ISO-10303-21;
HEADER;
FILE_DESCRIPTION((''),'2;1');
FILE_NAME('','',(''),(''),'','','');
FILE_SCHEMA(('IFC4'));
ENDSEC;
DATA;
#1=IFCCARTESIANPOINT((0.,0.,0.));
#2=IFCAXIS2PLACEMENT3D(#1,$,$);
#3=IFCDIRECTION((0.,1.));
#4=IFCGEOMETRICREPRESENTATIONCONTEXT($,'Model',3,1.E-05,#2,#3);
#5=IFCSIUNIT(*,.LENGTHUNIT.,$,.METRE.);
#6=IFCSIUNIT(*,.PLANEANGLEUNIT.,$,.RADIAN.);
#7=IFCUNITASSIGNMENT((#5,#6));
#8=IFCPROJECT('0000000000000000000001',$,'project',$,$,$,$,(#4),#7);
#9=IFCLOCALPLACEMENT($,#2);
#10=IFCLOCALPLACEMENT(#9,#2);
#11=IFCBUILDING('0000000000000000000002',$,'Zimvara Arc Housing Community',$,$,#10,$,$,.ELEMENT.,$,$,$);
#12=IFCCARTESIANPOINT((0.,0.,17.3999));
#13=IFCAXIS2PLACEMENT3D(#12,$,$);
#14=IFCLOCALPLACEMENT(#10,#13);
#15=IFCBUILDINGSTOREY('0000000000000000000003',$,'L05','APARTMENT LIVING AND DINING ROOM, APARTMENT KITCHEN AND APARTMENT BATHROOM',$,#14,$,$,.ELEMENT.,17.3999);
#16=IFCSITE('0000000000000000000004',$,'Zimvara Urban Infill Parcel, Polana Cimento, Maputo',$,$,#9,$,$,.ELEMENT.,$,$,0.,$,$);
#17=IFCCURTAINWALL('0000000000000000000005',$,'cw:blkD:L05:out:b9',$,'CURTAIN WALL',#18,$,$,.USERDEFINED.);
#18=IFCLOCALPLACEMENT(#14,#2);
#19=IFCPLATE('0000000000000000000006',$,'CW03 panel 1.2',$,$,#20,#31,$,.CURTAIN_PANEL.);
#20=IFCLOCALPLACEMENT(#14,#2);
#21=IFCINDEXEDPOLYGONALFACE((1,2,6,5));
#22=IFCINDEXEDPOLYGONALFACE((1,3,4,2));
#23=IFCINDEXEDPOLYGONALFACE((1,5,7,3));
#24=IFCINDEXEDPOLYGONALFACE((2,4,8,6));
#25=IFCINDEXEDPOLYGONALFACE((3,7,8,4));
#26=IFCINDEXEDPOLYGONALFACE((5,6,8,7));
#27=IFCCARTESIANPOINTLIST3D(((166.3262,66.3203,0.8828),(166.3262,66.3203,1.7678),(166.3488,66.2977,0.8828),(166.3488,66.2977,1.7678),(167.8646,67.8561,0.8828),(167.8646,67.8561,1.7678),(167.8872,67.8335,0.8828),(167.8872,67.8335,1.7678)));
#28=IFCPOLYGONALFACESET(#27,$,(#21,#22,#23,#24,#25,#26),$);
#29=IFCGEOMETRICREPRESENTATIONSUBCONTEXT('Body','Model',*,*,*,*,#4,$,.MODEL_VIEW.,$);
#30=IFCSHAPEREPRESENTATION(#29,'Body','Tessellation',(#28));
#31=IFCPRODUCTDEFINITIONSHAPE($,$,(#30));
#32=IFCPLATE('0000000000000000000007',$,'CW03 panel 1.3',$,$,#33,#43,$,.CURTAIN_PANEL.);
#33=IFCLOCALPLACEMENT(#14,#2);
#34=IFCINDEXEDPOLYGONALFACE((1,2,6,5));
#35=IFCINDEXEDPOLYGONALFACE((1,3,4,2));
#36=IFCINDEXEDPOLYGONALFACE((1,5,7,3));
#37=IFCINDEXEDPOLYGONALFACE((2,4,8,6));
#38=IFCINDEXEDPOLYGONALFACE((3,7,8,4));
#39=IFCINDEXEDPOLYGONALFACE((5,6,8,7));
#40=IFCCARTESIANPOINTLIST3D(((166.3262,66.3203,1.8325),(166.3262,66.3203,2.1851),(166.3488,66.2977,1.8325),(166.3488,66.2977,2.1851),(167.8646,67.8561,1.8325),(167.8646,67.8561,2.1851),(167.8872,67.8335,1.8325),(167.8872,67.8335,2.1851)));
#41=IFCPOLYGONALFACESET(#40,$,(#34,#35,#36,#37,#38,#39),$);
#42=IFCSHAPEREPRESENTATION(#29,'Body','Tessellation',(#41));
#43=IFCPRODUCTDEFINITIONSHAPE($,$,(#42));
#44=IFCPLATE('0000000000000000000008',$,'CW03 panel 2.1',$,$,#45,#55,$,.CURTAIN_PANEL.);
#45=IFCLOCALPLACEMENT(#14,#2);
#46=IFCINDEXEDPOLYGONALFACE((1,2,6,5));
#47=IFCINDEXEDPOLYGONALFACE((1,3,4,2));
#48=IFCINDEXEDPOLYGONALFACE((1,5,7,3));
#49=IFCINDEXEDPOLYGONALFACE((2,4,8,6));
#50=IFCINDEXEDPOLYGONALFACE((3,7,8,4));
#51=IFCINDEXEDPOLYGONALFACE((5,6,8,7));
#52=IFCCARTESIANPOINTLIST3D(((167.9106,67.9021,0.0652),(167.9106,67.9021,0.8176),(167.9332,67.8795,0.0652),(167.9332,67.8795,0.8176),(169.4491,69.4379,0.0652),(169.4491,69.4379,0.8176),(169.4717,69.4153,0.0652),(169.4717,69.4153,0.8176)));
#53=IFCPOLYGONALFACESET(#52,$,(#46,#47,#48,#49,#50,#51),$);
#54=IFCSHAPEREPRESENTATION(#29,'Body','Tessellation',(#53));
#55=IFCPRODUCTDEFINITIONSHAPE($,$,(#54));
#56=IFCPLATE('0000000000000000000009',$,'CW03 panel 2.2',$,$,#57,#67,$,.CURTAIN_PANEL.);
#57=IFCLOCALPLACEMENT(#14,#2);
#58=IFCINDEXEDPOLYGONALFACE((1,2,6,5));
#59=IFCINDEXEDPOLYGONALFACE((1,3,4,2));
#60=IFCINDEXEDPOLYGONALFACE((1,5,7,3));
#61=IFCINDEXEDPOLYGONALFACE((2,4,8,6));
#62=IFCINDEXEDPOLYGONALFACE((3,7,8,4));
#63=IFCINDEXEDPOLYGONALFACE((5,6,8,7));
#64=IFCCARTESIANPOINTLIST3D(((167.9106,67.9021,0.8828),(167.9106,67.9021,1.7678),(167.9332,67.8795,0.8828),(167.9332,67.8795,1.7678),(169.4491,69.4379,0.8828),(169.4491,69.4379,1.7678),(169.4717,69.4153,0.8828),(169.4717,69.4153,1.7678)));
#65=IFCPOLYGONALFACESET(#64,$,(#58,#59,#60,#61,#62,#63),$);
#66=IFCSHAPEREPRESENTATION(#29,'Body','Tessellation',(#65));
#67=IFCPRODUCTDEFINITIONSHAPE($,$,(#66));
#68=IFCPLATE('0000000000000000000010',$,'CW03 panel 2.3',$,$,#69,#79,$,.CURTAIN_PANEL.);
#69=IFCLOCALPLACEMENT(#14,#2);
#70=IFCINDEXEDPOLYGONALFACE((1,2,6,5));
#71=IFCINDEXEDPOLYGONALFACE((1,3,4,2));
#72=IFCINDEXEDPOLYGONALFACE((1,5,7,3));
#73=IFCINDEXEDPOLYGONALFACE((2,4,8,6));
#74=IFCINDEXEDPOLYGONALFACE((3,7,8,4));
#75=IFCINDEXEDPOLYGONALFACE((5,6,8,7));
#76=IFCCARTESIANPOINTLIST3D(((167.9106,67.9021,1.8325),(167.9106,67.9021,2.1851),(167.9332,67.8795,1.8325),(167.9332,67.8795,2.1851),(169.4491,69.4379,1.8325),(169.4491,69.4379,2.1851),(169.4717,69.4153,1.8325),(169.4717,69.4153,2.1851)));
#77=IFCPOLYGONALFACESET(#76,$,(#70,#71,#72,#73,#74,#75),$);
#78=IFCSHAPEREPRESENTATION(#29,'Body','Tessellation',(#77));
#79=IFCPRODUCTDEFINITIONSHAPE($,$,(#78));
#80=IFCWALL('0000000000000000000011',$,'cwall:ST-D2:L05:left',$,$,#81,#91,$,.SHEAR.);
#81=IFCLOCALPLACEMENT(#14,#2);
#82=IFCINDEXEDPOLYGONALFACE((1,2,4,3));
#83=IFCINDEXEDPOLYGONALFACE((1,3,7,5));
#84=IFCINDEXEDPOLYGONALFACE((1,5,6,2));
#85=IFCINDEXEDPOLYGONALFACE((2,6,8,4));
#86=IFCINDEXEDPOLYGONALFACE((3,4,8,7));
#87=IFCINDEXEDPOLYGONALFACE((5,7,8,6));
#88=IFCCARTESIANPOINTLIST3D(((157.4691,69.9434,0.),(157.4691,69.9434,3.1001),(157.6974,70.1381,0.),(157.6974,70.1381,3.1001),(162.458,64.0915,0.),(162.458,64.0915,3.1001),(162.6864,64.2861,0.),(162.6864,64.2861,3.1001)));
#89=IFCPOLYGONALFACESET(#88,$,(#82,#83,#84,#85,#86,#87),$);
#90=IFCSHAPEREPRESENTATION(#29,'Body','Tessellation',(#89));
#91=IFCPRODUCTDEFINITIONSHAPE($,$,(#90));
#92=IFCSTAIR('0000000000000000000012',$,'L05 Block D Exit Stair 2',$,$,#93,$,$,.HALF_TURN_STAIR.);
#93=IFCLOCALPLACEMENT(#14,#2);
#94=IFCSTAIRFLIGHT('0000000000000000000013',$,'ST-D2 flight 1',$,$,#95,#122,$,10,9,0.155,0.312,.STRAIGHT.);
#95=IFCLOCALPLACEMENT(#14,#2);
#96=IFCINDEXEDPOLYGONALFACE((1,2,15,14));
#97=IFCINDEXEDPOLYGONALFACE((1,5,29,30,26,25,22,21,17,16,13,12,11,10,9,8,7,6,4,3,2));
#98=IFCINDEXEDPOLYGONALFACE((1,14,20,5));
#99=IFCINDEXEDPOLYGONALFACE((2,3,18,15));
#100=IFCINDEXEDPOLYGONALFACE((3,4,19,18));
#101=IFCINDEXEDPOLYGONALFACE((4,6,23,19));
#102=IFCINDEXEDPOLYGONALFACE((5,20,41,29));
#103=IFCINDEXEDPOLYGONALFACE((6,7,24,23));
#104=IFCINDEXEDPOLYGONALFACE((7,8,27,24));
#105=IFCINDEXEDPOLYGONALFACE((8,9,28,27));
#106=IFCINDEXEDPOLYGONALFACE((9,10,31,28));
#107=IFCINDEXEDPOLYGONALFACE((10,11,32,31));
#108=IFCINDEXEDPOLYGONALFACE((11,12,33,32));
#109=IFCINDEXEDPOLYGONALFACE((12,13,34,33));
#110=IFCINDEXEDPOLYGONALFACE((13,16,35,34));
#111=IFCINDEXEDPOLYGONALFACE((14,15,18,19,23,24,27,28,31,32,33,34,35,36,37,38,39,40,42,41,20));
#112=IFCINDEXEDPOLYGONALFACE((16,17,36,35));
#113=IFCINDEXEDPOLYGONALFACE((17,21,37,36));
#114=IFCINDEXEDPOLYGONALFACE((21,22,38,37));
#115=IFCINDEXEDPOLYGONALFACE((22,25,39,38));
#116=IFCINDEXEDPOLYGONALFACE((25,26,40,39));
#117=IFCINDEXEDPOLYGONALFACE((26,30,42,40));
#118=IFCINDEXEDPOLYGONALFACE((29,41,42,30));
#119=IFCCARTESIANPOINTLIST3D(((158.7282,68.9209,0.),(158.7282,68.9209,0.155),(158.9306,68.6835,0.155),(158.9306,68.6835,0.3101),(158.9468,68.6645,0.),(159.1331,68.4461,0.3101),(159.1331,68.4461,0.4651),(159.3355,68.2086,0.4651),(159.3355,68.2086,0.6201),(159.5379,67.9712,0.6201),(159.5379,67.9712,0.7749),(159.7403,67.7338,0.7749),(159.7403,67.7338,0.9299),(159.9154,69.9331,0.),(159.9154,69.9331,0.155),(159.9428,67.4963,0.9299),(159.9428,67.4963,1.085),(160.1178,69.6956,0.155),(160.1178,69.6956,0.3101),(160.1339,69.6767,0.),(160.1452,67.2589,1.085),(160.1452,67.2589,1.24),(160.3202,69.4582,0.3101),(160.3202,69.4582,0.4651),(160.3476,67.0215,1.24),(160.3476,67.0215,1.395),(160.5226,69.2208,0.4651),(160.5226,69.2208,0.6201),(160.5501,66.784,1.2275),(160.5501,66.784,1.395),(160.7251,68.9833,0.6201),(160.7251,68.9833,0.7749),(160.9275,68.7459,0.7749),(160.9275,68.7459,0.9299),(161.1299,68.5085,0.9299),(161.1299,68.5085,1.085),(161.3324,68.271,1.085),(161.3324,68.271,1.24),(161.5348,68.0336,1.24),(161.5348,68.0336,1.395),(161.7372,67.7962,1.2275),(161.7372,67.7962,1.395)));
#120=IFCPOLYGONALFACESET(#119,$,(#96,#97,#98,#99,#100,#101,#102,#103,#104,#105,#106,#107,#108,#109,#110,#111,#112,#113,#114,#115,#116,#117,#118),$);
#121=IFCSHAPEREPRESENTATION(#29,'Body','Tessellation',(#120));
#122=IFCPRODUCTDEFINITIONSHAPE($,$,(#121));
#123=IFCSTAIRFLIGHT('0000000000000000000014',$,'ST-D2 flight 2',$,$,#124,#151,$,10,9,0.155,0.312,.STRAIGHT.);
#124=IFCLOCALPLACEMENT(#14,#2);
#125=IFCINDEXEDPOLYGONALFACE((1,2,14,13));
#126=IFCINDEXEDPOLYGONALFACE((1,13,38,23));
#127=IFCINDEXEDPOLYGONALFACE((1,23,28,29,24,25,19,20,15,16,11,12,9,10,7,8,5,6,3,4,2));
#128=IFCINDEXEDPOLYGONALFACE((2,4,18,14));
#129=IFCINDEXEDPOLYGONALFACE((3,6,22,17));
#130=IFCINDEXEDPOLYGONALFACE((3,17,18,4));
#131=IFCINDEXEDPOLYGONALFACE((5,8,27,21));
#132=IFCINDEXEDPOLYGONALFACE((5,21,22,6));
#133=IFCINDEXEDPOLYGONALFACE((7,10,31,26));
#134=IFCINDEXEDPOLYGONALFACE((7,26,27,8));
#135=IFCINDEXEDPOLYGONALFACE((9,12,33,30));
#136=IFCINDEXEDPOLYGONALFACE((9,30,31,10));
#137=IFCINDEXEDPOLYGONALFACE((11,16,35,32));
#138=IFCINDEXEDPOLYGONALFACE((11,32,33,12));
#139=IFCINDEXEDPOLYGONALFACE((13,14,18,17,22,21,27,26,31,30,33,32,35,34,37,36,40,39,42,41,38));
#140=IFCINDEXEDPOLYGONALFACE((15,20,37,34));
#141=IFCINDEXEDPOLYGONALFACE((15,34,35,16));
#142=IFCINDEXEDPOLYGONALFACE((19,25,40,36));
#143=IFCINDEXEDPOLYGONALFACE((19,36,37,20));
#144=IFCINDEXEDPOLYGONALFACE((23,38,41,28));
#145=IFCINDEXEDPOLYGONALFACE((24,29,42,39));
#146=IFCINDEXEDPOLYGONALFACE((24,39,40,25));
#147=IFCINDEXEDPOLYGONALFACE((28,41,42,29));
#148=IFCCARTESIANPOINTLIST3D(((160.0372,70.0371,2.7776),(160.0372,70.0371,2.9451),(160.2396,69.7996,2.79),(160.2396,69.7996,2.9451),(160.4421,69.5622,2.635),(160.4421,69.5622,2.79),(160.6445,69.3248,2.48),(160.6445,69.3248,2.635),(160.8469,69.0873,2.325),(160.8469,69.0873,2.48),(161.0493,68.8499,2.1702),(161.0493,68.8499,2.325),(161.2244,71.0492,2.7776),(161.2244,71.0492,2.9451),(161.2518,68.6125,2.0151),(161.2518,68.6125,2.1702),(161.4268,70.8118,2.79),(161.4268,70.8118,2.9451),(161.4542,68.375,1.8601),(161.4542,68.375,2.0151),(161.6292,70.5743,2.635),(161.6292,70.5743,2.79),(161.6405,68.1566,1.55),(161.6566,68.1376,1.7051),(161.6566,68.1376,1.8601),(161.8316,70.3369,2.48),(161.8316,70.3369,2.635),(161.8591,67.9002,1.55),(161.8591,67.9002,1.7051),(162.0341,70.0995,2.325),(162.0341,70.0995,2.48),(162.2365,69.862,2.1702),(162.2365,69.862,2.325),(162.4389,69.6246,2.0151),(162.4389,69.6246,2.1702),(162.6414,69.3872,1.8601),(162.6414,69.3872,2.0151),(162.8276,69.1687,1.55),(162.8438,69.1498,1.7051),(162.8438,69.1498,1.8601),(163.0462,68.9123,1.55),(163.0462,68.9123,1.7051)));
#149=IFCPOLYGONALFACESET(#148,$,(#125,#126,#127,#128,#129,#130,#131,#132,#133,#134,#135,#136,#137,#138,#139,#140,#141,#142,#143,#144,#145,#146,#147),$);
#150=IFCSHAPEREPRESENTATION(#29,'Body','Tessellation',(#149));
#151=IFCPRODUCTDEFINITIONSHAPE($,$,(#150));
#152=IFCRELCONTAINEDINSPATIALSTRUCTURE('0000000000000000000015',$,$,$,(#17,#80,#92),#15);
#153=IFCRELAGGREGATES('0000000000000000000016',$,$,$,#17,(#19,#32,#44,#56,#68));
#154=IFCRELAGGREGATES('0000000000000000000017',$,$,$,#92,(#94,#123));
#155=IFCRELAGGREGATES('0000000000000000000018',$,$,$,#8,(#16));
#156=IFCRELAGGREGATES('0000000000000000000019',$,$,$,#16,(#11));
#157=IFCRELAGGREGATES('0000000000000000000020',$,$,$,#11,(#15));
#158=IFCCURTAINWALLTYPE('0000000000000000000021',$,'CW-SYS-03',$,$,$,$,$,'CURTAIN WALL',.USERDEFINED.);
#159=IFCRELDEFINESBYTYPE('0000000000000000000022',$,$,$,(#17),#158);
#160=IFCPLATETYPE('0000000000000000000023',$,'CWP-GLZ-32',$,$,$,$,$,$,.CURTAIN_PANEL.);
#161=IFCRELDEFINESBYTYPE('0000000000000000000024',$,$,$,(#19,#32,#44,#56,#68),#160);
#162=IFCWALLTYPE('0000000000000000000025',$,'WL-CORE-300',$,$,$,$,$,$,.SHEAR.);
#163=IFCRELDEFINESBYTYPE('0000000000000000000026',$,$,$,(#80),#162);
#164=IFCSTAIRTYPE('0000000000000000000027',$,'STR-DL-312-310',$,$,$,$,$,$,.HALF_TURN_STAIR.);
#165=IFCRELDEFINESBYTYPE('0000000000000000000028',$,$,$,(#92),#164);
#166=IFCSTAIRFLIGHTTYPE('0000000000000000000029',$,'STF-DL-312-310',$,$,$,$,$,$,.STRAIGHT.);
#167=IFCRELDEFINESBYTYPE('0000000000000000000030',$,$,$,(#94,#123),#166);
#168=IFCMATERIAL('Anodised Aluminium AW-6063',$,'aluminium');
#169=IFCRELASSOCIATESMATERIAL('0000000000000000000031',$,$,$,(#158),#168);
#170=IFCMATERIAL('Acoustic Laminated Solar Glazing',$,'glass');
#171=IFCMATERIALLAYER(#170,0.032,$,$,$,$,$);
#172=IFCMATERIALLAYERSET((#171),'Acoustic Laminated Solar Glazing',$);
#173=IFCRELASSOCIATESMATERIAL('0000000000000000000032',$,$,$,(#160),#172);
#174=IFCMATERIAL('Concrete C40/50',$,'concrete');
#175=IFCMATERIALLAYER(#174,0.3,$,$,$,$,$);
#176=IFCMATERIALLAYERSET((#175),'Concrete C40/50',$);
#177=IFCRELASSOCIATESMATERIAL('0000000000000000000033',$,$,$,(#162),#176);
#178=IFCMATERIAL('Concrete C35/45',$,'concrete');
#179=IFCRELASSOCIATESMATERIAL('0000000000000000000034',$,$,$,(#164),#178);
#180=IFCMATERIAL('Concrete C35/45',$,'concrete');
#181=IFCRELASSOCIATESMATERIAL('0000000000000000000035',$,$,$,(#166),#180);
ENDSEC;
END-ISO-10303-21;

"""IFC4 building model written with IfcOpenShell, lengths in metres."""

from ifc_helpers import new_model, si_unit, direction, frame, frame_2d, origin, origin_2d, place, context, subcontext, project, spatial, polyline, rectangle, outline, extrude, material, layer, layer_set, type_object, element, aggregate, save


model = new_model("IFC4")

# Units and contexts
model_context = context("Model", 3, precision=1e-05, world=origin(), true_north=direction((0.0, 1.0)))
body_context = subcontext(model_context, "Body", "Model", "MODEL_VIEW")
ifc_project = project(units=[si_unit("LENGTHUNIT", "METRE"), si_unit("PLANEANGLEUNIT", "RADIAN")], contexts=[model_context])

# Site, building, storey
site_placement = place(None, origin())
site = spatial("IfcSite", under=ifc_project, at=site_placement, Name="Zimvara Urban Infill Parcel, Polana Cimento, Maputo", CompositionType="ELEMENT", RefElevation=0.0)
building_placement = place(site_placement, origin())
building = spatial("IfcBuilding", under=site, at=building_placement, Name="Zimvara Arc Housing Community", CompositionType="ELEMENT")
storey_placement = place(building_placement, frame((0.0, 0.0, 17.3999)))
storey = spatial("IfcBuildingStorey", under=building, at=storey_placement, Name="L05", Description="APARTMENT LIVING AND DINING ROOM, APARTMENT KITCHEN AND APARTMENT BATHROOM", CompositionType="ELEMENT", Elevation=17.3999)

# Curtain wall, plates
ifc_material_1 = material(Name="Anodised Aluminium AW-6063", Category="aluminium")
curtain_wall_type = type_object("IfcCurtainWallType", Name="CW-SYS-03", ElementType="CURTAIN WALL", PredefinedType="USERDEFINED", material=ifc_material_1)
curtain_wall_placement = place(storey_placement, origin())
curtain_wall = element("IfcCurtainWall", 1, at=curtain_wall_placement, inside=storey, type_object=curtain_wall_type, Name="cw:blkD:L05:out:b9", ObjectType="CURTAIN WALL", PredefinedType="USERDEFINED")
ifc_material_2 = material(Name="Acoustic Laminated Solar Glazing", Category="glass")
ifc_layer_1 = layer(ifc_material_2, 0.032)
ifc_layer_set_1 = layer_set([ifc_layer_1], Name="Acoustic Laminated Solar Glazing")
plate_type = type_object("IfcPlateType", Name="CWP-GLZ-32", PredefinedType="CURTAIN_PANEL", material=ifc_layer_set_1)
plate_1_placement = place(storey_placement, frame((167.1067, 67.0769, 0.8828), z_axis=(0.0, 0.0, 1.0), x_axis=(0.707724, 0.706489, 0.0)))
plate_1 = element("IfcPlate", 2, at=plate_1_placement, type_object=plate_type, Name="CW03 panel 1.2", PredefinedType="CURTAIN_PANEL", context=body_context, shape_type="SweptSolid", body=[
    extrude(rectangle(XDim=2.1738, YDim=0.032, at=origin_2d()), origin(), (0.0, 0.0, 1.0), 0.885),
])
plate_2_placement = place(storey_placement, frame((167.1067, 67.0769, 1.8325), z_axis=(0.0, 0.0, 1.0), x_axis=(0.707724, 0.706489, 0.0)))
plate_2 = element("IfcPlate", 3, at=plate_2_placement, type_object=plate_type, Name="CW03 panel 1.3", PredefinedType="CURTAIN_PANEL", context=body_context, shape_type="SweptSolid", body=[
    extrude(rectangle(XDim=2.1738, YDim=0.032, at=origin_2d()), origin(), (0.0, 0.0, 1.0), 0.3525),
])
plate_3_placement = place(storey_placement, frame((168.6912, 68.6587, 0.0652), z_axis=(0.0, 0.0, 1.0), x_axis=(0.707724, 0.706489, 0.0)))
plate_3 = element("IfcPlate", 4, at=plate_3_placement, type_object=plate_type, Name="CW03 panel 2.1", PredefinedType="CURTAIN_PANEL", context=body_context, shape_type="SweptSolid", body=[
    extrude(rectangle(XDim=2.1738, YDim=0.032, at=origin_2d()), origin(), (0.0, 0.0, 1.0), 0.7524),
])
plate_4_placement = place(storey_placement, frame((168.6912, 68.6587, 0.8828), z_axis=(0.0, 0.0, 1.0), x_axis=(0.707724, 0.706489, 0.0)))
plate_4 = element("IfcPlate", 5, at=plate_4_placement, type_object=plate_type, Name="CW03 panel 2.2", PredefinedType="CURTAIN_PANEL", context=body_context, shape_type="SweptSolid", body=[
    extrude(rectangle(XDim=2.1738, YDim=0.032, at=origin_2d()), origin(), (0.0, 0.0, 1.0), 0.885),
])
plate_5_placement = place(storey_placement, frame((168.6912, 68.6587, 1.8325), z_axis=(0.0, 0.0, 1.0), x_axis=(0.707724, 0.706489, 0.0)))
plate_5 = element("IfcPlate", 6, at=plate_5_placement, type_object=plate_type, Name="CW03 panel 2.3", PredefinedType="CURTAIN_PANEL", context=body_context, shape_type="SweptSolid", body=[
    extrude(rectangle(XDim=2.1738, YDim=0.032, at=origin_2d()), origin(), (0.0, 0.0, 1.0), 0.3525),
])
aggregate(curtain_wall, [plate_1, plate_2, plate_3, plate_4, plate_5])

# Wall
ifc_material_3 = material(Name="Concrete C40/50", Category="concrete")
ifc_layer_2 = layer(ifc_material_3, 0.3)
ifc_layer_set_2 = layer_set([ifc_layer_2], Name="Concrete C40/50")
wall_type = type_object("IfcWallType", Name="WL-CORE-300", PredefinedType="SHEAR", material=ifc_layer_set_2)
wall_placement = place(storey_placement, frame((157.5833, 70.0408, 0.0), z_axis=(0.0, 0.0, 1.0), x_axis=(0.648763, -0.760991, 0.0)))
element("IfcWall", 7, at=wall_placement, inside=storey, type_object=wall_type, Name="cwall:ST-D2:L05:left", PredefinedType="SHEAR", context=body_context, shape_type="SweptSolid", body=[
    extrude(rectangle(XDim=7.6899, YDim=0.3, at=frame_2d((3.845, 0.0))), origin(), (0.0, 0.0, 1.0), 3.1001),
])

# Stair, stair flights
ifc_material_4 = material(Name="Concrete C35/45", Category="concrete")
stair_type = type_object("IfcStairType", Name="STR-DL-312-310", PredefinedType="HALF_TURN_STAIR", material=ifc_material_4)
stair_placement = place(storey_placement, origin())
stair = element("IfcStair", 8, at=stair_placement, inside=storey, type_object=stair_type, Name="L05 Block D Exit Stair 2", PredefinedType="HALF_TURN_STAIR")
ifc_material_5 = material(Name="Concrete C35/45", Category="concrete")
stair_flight_type = type_object("IfcStairFlightType", Name="STF-DL-312-310", PredefinedType="STRAIGHT", material=ifc_material_5)
stair_flight_1_placement = place(storey_placement, frame((159.3218, 69.427, 0.0), z_axis=(0.0, 0.0, 1.0), x_axis=(0.648784, -0.760972, 0.0)))
stair_flight_1 = element("IfcStairFlight", 9, at=stair_flight_1_placement, type_object=stair_flight_type, Name="ST-D2 flight 1", NumberOfRisers=10, NumberOfTreads=9, PredefinedType="STRAIGHT", RiserHeight=0.155, TreadLength=0.312, context=body_context, shape_type="SweptSolid", body=[
    extrude(outline(polyline([(0.0, 0.0), (0.0, 0.155), (0.312, 0.155), (0.312, 0.3101), (0.624, 0.3101), (0.624, 0.4651), (0.936, 0.4651), (0.936, 0.6201), (1.248, 0.6201), (1.248, 0.7749), (1.5601, 0.7749), (1.5601, 0.9299), (1.8721, 0.9299), (1.8721, 1.085), (2.1841, 1.085), (2.1841, 1.24), (2.4961, 1.24), (2.4961, 1.395), (2.8081, 1.395), (2.8081, 1.55), (2.8081, 1.2275), (0.3369, 0.0), (0.0, 0.0)])), frame((0.0, 0.78, 0.0), z_axis=(0.0, -1.0, 0.0), x_axis=(1.0, 0.0, 0.0)), (0.0, 0.0, 1.0), 1.5601),
])
stair_flight_2_placement = place(storey_placement, frame((162.4526, 68.4062, 1.55), z_axis=(0.0, 0.0, 1.0), x_axis=(-0.648784, 0.760972, 0.0)))
stair_flight_2 = element("IfcStairFlight", 10, at=stair_flight_2_placement, type_object=stair_flight_type, Name="ST-D2 flight 2", NumberOfRisers=10, NumberOfTreads=9, PredefinedType="STRAIGHT", RiserHeight=0.155, TreadLength=0.312, context=body_context, shape_type="SweptSolid", body=[
    extrude(outline(polyline([(0.0, 0.0), (0.0, 0.155), (0.312, 0.155), (0.312, 0.3101), (0.624, 0.3101), (0.624, 0.4651), (0.936, 0.4651), (0.936, 0.6201), (1.248, 0.6201), (1.248, 0.7749), (1.5601, 0.7749), (1.5601, 0.9299), (1.8721, 0.9299), (1.8721, 1.085), (2.1841, 1.085), (2.1841, 1.24), (2.4961, 1.24), (2.4961, 1.395), (2.8081, 1.395), (2.8081, 1.55), (2.8081, 1.2275), (0.3369, 0.0), (0.0, 0.0)])), frame((0.0, 0.78, 0.0), z_axis=(0.0, -1.0, 0.0), x_axis=(1.0, 0.0, 0.0)), (0.0, 0.0, 1.0), 1.5601),
])
aggregate(stair, [stair_flight_1, stair_flight_2])

save(model, "model.ifc")
